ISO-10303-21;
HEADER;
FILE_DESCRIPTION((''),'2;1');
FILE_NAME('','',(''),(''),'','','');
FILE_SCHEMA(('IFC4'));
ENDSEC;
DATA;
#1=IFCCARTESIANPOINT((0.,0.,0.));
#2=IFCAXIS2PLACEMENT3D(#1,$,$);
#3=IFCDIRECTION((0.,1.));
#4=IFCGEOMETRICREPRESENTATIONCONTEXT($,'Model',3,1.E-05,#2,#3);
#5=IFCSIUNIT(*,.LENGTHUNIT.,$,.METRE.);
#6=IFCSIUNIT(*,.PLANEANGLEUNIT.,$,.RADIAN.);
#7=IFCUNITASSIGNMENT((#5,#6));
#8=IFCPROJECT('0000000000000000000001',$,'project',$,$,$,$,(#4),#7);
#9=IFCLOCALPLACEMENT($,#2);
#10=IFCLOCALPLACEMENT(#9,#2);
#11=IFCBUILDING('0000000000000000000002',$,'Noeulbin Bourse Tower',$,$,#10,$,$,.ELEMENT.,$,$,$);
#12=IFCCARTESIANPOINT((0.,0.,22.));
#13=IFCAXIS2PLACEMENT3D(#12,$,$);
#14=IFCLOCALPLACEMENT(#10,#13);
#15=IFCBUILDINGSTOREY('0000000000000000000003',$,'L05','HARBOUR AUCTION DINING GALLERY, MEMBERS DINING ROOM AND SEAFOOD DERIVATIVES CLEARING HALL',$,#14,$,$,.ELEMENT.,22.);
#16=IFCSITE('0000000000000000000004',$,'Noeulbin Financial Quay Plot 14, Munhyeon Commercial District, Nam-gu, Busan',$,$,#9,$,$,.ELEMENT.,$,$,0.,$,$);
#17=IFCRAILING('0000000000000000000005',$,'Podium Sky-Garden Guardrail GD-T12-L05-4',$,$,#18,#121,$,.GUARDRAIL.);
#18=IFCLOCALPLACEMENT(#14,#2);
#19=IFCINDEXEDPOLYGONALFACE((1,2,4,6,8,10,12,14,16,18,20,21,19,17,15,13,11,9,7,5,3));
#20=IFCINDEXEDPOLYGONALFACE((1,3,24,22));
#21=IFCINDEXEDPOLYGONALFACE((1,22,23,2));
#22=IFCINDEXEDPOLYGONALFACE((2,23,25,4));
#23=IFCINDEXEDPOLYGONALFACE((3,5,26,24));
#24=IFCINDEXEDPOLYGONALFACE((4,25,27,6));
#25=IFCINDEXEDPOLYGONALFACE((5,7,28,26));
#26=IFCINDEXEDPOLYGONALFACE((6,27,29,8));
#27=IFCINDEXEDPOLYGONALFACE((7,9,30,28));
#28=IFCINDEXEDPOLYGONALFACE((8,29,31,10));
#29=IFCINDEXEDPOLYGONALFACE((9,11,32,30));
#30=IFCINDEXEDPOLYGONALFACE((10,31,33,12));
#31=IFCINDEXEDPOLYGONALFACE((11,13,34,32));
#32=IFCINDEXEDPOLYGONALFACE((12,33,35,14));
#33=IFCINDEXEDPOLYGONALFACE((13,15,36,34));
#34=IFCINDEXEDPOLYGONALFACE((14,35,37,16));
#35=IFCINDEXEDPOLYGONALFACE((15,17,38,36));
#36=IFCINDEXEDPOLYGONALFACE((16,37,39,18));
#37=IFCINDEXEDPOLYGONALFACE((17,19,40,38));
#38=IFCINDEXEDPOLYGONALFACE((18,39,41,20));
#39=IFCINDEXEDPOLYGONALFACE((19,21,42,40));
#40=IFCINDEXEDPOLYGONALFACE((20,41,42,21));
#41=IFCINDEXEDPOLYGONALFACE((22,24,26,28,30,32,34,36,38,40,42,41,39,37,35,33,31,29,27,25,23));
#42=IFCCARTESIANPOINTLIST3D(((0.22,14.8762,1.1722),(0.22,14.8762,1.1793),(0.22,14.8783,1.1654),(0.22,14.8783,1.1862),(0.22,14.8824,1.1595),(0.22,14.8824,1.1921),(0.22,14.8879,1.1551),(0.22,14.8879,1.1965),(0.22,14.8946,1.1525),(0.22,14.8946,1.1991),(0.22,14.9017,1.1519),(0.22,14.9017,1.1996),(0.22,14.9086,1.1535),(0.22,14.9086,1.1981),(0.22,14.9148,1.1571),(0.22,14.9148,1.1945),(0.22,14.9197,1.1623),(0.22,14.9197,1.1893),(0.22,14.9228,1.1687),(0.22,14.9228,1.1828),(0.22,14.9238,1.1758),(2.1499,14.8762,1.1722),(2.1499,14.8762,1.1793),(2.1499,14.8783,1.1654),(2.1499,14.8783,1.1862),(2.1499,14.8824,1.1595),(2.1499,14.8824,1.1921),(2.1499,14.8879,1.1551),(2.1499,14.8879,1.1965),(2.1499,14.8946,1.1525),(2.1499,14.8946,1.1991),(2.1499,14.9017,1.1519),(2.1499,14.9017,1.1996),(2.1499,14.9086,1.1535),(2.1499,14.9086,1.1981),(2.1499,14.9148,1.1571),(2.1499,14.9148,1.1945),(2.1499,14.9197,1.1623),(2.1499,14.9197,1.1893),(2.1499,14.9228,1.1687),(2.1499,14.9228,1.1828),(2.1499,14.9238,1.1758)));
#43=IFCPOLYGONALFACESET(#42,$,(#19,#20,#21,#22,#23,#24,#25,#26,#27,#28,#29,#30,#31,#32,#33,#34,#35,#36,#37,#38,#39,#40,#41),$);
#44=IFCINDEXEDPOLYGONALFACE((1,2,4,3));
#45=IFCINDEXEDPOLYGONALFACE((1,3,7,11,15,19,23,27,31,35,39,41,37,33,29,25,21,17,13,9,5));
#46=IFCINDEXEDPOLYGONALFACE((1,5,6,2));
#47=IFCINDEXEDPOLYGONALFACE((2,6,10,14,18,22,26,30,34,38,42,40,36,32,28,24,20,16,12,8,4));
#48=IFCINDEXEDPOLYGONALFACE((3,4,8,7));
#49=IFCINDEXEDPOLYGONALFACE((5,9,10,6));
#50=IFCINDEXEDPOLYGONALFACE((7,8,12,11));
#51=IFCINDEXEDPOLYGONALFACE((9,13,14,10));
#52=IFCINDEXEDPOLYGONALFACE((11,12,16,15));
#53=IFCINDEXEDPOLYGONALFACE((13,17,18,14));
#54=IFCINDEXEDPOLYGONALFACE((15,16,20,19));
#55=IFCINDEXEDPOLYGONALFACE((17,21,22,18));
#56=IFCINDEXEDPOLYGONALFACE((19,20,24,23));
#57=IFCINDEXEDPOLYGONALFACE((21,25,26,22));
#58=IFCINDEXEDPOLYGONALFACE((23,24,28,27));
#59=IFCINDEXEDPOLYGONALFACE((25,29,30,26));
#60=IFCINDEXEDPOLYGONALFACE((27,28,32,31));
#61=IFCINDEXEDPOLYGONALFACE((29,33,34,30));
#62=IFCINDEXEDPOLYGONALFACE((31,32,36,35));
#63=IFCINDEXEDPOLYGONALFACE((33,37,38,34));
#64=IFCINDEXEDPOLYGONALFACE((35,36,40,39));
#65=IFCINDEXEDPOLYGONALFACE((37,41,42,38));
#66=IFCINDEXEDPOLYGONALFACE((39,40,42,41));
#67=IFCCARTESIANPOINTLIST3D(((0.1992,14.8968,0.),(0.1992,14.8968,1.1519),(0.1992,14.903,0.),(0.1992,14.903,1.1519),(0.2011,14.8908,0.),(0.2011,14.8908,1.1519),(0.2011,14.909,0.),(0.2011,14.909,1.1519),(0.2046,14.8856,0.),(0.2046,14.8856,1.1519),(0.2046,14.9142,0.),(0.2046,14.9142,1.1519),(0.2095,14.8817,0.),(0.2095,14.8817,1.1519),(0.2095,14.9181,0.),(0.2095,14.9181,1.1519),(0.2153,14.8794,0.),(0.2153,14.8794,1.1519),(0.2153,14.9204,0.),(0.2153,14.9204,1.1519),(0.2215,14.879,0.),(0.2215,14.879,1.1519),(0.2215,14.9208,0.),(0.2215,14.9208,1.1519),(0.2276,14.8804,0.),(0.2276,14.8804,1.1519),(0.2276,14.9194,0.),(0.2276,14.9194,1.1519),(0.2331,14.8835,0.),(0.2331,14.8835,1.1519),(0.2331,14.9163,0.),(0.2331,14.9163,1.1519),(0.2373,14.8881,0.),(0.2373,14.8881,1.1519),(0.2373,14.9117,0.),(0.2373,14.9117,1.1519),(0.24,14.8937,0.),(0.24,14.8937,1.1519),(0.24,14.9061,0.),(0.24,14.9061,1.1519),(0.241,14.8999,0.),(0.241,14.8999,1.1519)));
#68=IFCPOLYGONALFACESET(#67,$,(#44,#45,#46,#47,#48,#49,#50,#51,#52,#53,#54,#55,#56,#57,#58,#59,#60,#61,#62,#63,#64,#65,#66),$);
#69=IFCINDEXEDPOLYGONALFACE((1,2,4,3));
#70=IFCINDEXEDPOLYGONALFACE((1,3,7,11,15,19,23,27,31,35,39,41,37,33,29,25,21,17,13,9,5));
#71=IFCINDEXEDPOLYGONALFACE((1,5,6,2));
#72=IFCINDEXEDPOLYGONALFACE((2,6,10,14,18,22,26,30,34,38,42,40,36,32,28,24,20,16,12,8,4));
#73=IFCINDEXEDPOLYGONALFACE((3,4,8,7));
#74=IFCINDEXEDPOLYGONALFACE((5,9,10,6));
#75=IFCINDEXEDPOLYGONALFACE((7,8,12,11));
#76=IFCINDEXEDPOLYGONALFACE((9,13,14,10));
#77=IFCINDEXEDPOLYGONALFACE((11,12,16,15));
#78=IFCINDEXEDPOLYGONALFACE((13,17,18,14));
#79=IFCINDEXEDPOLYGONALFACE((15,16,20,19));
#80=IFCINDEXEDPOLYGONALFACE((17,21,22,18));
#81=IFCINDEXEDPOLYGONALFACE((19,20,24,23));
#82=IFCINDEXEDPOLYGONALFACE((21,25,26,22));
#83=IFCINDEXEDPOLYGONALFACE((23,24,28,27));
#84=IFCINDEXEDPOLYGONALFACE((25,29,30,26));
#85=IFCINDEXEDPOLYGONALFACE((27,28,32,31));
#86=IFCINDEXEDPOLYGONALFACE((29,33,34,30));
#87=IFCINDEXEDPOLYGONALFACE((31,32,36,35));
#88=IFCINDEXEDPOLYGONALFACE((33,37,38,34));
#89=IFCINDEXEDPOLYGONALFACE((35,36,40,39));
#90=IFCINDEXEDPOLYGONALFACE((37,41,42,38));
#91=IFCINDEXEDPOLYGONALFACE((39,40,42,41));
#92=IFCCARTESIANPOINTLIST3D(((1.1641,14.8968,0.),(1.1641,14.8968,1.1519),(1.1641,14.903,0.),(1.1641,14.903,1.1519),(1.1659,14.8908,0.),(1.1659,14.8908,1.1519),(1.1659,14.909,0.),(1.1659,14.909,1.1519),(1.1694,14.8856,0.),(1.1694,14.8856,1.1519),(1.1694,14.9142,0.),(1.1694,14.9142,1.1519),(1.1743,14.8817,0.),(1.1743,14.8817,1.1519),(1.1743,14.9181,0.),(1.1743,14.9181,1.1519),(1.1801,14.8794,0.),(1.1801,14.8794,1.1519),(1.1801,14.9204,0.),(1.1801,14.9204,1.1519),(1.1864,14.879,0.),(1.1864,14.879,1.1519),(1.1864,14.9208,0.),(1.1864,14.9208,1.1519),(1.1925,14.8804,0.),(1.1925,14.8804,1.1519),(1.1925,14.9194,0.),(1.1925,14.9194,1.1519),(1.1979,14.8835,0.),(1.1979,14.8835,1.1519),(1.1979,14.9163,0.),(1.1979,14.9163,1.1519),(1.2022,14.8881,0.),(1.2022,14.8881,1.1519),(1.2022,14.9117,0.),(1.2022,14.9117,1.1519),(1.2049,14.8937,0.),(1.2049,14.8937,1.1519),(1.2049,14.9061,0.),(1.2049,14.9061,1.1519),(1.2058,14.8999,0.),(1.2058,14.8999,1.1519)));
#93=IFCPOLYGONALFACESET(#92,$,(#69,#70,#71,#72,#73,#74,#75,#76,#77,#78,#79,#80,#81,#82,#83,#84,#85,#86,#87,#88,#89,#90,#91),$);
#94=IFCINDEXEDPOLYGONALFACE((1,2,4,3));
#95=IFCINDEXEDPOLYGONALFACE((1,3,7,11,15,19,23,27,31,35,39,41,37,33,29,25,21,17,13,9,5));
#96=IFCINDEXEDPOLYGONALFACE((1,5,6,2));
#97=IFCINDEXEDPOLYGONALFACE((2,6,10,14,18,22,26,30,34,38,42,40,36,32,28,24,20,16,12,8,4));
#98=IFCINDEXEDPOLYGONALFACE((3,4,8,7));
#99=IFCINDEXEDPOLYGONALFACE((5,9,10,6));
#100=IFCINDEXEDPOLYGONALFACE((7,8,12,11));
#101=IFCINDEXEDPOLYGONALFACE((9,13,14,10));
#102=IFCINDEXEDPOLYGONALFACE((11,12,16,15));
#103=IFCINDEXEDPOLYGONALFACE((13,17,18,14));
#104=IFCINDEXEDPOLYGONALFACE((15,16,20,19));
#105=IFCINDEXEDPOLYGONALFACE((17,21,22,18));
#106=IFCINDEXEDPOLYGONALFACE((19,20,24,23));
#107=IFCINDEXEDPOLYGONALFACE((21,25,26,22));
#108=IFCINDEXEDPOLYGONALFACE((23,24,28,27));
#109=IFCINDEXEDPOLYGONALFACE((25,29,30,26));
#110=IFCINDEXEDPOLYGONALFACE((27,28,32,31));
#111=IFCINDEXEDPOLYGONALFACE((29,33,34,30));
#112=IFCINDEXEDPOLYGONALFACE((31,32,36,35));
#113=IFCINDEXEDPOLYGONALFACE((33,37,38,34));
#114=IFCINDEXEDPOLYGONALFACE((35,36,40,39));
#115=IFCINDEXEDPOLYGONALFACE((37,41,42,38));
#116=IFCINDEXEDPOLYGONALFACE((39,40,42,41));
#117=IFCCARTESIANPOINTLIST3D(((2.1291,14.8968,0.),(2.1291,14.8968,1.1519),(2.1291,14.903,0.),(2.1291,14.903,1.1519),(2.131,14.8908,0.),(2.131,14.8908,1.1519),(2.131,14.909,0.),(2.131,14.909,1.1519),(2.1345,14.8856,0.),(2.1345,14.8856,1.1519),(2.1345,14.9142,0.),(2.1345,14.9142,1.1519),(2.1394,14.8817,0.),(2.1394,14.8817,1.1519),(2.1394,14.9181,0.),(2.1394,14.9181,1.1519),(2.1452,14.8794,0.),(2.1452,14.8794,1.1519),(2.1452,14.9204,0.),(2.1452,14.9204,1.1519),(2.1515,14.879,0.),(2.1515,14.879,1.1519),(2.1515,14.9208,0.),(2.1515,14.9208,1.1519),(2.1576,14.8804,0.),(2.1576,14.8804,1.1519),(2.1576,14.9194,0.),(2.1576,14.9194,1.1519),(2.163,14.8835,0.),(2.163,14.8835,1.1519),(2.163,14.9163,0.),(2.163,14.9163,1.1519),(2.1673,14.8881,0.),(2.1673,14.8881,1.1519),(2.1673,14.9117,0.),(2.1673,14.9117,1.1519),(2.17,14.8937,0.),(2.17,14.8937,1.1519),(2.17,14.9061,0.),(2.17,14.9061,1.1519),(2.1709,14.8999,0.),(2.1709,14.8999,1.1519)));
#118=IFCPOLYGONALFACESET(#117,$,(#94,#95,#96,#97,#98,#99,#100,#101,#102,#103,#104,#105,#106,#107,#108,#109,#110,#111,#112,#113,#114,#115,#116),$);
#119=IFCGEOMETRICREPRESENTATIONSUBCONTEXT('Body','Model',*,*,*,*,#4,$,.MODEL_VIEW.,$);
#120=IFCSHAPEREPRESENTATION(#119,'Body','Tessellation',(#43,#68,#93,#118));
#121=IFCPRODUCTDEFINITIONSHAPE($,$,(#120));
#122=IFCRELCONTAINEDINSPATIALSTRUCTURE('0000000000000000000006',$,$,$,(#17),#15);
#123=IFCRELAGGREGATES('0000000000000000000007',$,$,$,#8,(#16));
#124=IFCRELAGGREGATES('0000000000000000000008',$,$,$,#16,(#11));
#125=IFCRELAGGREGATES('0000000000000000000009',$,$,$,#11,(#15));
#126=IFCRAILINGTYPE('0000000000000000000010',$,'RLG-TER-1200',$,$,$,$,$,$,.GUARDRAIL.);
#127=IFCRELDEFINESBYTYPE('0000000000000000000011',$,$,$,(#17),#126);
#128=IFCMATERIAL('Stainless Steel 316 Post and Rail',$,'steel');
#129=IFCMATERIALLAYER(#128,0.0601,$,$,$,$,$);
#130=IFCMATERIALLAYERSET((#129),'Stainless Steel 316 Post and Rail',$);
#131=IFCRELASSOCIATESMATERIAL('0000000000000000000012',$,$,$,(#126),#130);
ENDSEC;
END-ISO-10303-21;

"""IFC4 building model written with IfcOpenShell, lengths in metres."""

from ifc_helpers import new_model, si_unit, direction, frame, origin, origin_2d, place, context, subcontext, project, spatial, circle, extrude, material, layer, layer_set, type_object, element, save


model = new_model("IFC4")

# Units and contexts
model_context = context("Model", 3, precision=1e-05, world=origin(), true_north=direction((0.0, 1.0)))
body_context = subcontext(model_context, "Body", "Model", "MODEL_VIEW")
ifc_project = project(units=[si_unit("LENGTHUNIT", "METRE"), si_unit("PLANEANGLEUNIT", "RADIAN")], contexts=[model_context])

# Site, building, storey
site_placement = place(None, origin())
site = spatial("IfcSite", under=ifc_project, at=site_placement, Name="Noeulbin Financial Quay Plot 14, Munhyeon Commercial District, Nam-gu, Busan", CompositionType="ELEMENT", RefElevation=0.0)
building_placement = place(site_placement, origin())
building = spatial("IfcBuilding", under=site, at=building_placement, Name="Noeulbin Bourse Tower", CompositionType="ELEMENT")
storey_placement = place(building_placement, frame((0.0, 0.0, 22.0)))
storey = spatial("IfcBuildingStorey", under=building, at=storey_placement, Name="L05", Description="HARBOUR AUCTION DINING GALLERY, MEMBERS DINING ROOM AND SEAFOOD DERIVATIVES CLEARING HALL", CompositionType="ELEMENT", Elevation=22.0)

# Railing
ifc_material_1 = material(Name="Stainless Steel 316 Post and Rail", Category="steel")
ifc_layer_1 = layer(ifc_material_1, 0.0601)
ifc_layer_set_1 = layer_set([ifc_layer_1], Name="Stainless Steel 316 Post and Rail")
railing_type = type_object("IfcRailingType", Name="RLG-TER-1200", PredefinedType="GUARDRAIL", material=ifc_layer_set_1)
railing_1_placement = place(storey_placement, frame((0.22, 14.8999, 0.0)))
element("IfcRailing", 1, at=railing_1_placement, inside=storey, type_object=railing_type, Name="Podium Sky-Garden Guardrail GD-T12-L05-4", PredefinedType="GUARDRAIL", context=body_context, shape_type="SweptSolid", body=[
    extrude(circle(Radius=0.0239, at=origin_2d()), frame((0.0, 0.0, 1.1758), z_axis=(1.0, 0.0, 0.0), x_axis=(0.0, 1.0, 0.0)), (0.0, 0.0, 1.0), 1.9299),
    extrude(circle(Radius=0.021, at=origin_2d()), origin(), (0.0, 0.0, 1.0), 1.1519),
    extrude(circle(Radius=0.021, at=origin_2d()), frame((0.9648, 0.0, 0.0)), (0.0, 0.0, 1.0), 1.1519),
    extrude(circle(Radius=0.021, at=origin_2d()), frame((1.9299, 0.0, 0.0)), (0.0, 0.0, 1.0), 1.1519),
])

save(model, "model.ifc")
